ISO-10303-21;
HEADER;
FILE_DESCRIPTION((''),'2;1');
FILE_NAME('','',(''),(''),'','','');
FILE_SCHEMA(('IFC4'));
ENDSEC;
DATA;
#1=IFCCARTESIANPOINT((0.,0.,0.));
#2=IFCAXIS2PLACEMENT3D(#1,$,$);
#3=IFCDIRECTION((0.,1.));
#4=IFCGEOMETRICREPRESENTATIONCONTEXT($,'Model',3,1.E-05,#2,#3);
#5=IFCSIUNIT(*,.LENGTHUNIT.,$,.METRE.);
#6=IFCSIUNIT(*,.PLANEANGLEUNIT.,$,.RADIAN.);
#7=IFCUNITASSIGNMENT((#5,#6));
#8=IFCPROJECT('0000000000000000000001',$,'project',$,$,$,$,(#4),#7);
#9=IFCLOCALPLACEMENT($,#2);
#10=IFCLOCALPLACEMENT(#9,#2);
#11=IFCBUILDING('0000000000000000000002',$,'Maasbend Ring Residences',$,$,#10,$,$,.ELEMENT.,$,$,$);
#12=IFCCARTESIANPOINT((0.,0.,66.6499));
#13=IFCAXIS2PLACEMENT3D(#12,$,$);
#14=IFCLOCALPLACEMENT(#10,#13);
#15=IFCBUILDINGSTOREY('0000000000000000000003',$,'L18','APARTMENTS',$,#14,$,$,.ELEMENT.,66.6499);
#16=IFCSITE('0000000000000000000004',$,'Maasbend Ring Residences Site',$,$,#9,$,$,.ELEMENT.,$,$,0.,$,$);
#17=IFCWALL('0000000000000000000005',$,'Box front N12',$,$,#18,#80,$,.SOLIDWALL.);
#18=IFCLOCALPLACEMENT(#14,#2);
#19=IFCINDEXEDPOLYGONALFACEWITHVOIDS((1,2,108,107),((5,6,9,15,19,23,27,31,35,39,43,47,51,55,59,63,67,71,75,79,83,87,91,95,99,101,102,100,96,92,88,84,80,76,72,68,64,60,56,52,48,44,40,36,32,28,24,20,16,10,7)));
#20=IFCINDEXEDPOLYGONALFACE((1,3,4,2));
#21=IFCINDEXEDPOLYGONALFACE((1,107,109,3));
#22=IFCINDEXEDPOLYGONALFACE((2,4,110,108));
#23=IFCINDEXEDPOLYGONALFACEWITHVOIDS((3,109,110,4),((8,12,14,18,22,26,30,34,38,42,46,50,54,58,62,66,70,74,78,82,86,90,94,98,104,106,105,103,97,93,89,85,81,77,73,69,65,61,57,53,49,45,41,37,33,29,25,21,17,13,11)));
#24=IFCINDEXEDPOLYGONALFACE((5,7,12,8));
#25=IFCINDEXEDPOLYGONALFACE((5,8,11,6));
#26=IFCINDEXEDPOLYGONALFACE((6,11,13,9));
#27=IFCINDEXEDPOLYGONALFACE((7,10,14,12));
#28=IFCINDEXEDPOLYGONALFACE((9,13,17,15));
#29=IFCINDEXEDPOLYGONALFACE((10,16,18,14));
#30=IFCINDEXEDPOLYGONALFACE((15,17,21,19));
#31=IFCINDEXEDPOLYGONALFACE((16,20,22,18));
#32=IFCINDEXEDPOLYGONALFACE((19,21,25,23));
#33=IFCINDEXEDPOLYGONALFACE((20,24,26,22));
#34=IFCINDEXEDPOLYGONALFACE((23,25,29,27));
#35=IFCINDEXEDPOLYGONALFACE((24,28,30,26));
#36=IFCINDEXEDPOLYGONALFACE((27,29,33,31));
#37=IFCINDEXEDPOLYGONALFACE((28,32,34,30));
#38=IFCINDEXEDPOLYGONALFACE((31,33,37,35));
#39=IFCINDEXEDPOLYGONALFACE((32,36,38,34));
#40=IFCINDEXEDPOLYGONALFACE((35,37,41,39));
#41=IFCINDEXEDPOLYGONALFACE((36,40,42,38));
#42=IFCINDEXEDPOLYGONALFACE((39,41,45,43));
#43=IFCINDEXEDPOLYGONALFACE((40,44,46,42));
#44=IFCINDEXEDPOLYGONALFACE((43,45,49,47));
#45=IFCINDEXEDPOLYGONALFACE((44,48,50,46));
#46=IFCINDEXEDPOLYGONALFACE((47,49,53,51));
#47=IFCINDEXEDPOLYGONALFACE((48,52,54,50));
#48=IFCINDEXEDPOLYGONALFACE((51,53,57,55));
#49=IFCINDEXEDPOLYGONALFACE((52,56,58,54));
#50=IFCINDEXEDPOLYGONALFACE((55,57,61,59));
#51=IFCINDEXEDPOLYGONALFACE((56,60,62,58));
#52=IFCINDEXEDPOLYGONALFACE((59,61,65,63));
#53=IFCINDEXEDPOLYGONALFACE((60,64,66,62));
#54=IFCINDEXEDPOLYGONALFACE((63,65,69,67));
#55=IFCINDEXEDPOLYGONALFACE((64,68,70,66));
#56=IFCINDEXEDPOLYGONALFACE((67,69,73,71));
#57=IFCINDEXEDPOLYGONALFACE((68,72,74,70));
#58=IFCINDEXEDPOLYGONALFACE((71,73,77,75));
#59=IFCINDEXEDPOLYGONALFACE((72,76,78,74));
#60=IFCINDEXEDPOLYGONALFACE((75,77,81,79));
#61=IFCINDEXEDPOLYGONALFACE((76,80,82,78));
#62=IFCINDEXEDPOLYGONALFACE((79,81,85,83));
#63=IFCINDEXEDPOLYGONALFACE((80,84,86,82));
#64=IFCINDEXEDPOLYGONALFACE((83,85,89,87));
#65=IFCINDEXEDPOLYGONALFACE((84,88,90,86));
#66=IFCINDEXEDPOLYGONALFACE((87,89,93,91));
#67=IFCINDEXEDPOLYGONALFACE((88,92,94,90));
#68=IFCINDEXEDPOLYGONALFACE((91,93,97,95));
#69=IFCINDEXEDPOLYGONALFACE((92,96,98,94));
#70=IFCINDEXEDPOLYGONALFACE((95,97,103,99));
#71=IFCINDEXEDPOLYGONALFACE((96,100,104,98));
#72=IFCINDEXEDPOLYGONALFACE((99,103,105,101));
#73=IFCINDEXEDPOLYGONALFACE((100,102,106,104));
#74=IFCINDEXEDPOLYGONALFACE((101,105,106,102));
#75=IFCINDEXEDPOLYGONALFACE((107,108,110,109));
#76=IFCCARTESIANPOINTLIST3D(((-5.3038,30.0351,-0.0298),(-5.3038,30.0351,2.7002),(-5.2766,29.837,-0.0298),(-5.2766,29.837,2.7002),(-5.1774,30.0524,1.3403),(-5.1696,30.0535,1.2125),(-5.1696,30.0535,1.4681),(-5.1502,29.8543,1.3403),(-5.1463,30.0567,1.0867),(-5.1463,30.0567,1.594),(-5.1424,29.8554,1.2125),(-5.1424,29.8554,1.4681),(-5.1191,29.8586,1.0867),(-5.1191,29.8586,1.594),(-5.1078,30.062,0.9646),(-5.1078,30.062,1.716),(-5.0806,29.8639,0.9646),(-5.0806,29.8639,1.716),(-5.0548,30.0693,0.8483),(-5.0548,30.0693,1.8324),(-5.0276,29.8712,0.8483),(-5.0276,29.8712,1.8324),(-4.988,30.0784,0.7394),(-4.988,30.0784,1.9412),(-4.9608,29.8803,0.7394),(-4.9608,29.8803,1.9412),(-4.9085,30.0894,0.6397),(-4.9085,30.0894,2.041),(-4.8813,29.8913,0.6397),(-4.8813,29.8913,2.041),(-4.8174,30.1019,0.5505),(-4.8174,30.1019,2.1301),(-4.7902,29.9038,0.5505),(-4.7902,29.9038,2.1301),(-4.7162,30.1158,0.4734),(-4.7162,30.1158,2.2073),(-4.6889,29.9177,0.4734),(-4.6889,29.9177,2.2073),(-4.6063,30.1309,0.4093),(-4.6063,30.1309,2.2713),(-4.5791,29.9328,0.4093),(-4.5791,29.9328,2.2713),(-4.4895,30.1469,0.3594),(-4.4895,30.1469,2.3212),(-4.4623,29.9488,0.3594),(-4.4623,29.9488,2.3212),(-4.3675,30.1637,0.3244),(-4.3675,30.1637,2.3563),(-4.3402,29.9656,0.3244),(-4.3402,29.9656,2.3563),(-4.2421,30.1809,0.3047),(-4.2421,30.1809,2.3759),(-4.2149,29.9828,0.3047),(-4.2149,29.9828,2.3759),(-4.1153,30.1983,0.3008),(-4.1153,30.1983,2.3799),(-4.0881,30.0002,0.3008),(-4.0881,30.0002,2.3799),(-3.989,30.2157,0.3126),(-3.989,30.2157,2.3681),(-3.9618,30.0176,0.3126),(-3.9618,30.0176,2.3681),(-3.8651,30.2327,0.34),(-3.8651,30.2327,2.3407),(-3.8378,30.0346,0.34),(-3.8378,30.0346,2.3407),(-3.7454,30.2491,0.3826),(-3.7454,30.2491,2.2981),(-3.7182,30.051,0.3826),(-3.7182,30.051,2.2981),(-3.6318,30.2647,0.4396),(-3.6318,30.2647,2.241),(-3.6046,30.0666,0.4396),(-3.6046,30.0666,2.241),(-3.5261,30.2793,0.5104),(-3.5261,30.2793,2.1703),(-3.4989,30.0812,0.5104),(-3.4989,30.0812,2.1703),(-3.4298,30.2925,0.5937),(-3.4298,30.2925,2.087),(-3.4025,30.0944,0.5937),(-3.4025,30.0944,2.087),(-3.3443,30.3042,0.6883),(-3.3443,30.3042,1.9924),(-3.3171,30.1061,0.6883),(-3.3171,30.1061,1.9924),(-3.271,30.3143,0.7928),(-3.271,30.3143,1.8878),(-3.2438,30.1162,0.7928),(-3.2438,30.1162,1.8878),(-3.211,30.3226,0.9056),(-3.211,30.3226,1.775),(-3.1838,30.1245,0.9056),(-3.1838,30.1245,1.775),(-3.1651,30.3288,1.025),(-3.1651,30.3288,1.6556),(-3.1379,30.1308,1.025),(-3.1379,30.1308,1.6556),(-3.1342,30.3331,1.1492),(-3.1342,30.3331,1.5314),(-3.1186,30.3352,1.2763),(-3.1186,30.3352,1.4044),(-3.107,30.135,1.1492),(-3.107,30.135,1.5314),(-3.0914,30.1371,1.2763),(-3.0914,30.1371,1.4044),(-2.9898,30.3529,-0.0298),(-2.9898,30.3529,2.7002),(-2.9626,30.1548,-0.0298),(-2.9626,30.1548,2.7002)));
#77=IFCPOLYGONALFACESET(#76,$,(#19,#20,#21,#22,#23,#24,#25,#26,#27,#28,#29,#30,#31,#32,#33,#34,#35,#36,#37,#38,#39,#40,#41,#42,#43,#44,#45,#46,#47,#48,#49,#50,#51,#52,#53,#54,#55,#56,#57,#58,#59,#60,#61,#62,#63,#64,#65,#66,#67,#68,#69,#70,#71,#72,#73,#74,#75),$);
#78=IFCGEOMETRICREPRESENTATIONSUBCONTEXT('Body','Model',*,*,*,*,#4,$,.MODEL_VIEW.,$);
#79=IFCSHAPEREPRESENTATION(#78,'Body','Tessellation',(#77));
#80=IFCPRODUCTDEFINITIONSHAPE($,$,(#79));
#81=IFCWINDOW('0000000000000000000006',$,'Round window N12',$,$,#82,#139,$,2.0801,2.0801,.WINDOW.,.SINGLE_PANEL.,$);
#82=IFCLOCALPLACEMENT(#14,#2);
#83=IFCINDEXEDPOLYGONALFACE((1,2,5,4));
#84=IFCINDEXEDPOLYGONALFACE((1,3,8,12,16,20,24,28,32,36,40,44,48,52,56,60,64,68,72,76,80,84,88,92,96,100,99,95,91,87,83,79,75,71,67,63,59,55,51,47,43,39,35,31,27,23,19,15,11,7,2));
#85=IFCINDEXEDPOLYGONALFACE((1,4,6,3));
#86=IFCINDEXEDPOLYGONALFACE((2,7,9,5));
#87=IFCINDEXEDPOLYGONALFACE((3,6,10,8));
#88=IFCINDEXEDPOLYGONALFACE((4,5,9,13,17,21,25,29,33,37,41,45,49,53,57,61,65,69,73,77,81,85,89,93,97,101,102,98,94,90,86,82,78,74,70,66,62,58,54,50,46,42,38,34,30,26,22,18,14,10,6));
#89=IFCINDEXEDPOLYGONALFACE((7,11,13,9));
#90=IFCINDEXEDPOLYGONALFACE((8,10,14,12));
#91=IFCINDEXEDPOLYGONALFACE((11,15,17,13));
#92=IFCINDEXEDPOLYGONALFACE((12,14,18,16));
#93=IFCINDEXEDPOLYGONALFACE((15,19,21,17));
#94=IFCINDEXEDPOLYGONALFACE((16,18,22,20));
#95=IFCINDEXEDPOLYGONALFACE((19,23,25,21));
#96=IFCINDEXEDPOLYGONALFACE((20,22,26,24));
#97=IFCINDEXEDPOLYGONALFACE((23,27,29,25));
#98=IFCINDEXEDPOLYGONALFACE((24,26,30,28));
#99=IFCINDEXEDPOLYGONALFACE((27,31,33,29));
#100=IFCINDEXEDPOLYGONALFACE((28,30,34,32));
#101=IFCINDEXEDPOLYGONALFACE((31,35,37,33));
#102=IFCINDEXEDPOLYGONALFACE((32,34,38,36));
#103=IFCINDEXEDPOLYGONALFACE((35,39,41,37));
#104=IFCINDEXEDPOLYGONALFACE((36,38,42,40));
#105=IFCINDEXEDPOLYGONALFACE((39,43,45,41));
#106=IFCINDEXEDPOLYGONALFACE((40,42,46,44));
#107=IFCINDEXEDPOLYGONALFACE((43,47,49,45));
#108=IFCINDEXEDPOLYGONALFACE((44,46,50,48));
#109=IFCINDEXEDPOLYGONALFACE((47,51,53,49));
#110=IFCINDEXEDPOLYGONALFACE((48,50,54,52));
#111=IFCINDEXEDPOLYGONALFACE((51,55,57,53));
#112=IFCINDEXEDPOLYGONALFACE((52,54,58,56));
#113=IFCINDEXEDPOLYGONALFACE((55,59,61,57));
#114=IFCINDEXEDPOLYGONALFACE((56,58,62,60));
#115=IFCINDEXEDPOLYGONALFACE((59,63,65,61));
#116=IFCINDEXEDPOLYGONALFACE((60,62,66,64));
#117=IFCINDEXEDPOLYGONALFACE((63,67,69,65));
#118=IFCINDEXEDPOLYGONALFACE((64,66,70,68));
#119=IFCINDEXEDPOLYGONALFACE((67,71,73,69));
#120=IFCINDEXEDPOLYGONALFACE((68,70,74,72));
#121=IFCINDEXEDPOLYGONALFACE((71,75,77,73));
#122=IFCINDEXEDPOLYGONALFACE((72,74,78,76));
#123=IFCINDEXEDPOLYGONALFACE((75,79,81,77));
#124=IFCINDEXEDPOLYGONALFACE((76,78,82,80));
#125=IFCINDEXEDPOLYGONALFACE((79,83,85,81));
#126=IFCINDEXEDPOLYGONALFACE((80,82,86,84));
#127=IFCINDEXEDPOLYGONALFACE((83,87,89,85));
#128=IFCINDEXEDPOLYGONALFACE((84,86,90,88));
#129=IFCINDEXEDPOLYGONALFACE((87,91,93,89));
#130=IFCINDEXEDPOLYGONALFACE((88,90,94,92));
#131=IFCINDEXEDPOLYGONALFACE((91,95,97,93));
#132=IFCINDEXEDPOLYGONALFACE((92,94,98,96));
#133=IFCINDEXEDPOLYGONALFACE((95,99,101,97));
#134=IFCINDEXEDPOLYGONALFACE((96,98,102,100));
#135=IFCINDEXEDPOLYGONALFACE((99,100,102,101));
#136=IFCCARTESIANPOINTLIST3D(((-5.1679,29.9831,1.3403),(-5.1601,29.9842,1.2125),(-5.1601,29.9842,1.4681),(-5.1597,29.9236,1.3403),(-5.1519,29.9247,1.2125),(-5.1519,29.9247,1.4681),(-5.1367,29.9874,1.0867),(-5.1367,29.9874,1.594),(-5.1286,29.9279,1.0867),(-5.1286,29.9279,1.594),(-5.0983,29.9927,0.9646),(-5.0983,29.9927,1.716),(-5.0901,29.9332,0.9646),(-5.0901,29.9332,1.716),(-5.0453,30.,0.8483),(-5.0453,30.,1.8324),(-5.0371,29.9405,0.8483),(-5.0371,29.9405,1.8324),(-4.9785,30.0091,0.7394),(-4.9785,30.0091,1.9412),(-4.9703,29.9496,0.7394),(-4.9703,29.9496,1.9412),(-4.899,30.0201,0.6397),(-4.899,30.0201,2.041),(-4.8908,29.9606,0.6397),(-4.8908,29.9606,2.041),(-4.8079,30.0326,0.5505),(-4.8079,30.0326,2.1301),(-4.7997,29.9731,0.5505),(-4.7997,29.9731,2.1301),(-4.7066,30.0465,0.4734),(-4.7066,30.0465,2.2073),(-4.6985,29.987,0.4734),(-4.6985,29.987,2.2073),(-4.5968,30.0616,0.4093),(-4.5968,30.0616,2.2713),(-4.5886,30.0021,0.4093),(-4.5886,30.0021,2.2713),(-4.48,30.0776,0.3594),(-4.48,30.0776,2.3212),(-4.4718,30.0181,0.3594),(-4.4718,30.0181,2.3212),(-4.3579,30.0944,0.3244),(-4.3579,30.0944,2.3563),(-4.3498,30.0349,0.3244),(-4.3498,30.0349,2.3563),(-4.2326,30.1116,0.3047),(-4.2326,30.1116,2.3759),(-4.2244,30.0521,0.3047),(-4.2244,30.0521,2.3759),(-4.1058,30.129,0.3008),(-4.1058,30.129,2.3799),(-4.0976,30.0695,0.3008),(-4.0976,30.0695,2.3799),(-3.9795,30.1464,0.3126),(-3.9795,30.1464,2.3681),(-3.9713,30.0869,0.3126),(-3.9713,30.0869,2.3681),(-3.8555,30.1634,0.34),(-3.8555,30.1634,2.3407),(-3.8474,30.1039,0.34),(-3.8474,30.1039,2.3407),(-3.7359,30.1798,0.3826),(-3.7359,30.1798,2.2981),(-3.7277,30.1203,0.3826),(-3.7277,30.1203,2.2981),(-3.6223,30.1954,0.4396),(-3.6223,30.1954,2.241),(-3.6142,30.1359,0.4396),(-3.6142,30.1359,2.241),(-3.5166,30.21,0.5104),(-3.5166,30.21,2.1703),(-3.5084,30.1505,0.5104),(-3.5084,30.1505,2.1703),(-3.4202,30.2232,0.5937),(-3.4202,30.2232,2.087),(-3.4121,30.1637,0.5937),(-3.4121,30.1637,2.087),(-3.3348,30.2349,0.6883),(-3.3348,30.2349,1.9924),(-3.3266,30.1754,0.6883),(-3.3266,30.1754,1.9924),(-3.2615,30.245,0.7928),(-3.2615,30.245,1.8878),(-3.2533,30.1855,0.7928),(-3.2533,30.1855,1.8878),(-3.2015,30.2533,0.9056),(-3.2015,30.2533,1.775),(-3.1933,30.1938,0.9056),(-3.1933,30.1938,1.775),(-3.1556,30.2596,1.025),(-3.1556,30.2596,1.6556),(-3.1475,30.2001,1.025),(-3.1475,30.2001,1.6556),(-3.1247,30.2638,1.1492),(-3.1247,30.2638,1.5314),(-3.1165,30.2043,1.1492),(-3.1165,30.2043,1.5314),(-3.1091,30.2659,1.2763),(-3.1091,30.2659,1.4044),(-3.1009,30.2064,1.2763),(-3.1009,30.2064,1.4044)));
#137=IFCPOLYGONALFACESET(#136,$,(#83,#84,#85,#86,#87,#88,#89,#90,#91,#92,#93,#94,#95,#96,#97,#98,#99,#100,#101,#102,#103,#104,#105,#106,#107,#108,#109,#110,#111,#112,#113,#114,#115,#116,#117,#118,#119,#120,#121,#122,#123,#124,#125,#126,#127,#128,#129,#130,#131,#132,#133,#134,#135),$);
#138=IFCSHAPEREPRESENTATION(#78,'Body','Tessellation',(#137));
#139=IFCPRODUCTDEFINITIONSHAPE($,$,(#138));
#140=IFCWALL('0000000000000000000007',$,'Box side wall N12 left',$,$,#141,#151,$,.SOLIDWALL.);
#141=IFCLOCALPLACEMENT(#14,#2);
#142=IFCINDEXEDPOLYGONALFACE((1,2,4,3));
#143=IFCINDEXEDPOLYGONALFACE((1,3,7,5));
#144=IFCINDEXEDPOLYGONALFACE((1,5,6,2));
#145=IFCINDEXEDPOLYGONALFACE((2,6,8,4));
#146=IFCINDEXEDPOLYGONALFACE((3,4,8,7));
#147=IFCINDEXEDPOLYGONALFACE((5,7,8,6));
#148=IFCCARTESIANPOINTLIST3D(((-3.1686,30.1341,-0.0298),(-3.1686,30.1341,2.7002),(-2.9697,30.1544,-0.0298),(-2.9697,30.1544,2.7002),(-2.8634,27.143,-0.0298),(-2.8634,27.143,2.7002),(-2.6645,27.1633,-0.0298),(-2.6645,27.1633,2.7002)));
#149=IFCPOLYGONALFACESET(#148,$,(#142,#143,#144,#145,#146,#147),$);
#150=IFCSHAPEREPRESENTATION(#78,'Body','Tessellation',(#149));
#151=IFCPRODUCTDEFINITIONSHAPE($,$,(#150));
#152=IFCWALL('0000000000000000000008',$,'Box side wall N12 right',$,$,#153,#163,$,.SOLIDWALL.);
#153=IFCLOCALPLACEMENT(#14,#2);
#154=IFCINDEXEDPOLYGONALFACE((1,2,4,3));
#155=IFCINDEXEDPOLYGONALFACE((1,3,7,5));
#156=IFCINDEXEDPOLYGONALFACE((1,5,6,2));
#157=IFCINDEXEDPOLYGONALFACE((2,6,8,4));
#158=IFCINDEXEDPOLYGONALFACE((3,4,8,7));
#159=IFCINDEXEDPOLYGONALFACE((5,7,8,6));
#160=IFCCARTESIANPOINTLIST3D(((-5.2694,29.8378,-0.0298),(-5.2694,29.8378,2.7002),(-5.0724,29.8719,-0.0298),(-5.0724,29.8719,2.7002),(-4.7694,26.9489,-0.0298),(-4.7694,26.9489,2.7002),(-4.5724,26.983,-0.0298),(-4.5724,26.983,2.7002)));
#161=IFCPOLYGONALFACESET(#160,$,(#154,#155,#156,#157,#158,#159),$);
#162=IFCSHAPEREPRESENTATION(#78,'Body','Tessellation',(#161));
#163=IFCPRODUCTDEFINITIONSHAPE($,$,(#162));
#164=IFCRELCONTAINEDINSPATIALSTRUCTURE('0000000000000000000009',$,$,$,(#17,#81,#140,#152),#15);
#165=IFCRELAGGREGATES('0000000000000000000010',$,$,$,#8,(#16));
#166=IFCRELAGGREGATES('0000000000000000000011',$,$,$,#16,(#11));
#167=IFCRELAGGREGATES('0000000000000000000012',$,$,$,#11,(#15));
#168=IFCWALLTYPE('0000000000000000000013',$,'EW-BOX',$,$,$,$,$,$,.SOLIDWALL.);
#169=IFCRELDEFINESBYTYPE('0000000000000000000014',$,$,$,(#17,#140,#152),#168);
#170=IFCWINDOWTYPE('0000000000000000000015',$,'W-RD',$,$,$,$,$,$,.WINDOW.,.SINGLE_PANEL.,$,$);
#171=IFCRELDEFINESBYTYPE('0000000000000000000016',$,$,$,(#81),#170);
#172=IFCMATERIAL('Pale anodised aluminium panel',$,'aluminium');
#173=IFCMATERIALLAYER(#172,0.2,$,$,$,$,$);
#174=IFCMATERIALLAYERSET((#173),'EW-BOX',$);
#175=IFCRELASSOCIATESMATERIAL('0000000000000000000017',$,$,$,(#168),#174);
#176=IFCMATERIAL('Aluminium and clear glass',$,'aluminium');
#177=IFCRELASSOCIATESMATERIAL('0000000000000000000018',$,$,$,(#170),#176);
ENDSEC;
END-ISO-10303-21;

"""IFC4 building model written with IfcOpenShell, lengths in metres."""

from ifc_helpers import new_model, si_unit, direction, frame, frame_2d, origin, place, context, subcontext, project, spatial, rectangle, circle, extrude, material, layer, layer_set, type_object, element, fill, save


model = new_model("IFC4")

# Units and contexts
model_context = context("Model", 3, precision=1e-05, world=origin(), true_north=direction((0.0, 1.0)))
body_context = subcontext(model_context, "Body", "Model", "MODEL_VIEW")
ifc_project = project(units=[si_unit("LENGTHUNIT", "METRE"), si_unit("PLANEANGLEUNIT", "RADIAN")], contexts=[model_context])

# Site, building, storey
site_placement = place(None, origin())
site = spatial("IfcSite", under=ifc_project, at=site_placement, Name="Maasbend Ring Residences Site", CompositionType="ELEMENT", RefElevation=0.0)
building_placement = place(site_placement, origin())
building = spatial("IfcBuilding", under=site, at=building_placement, Name="Maasbend Ring Residences", CompositionType="ELEMENT")
storey_placement = place(building_placement, frame((0.0, 0.0, 66.6499)))
storey = spatial("IfcBuildingStorey", under=building, at=storey_placement, Name="L18", Description="APARTMENTS", CompositionType="ELEMENT", Elevation=66.6499)

# Wall, opening, window
ifc_material_1 = material(Name="Pale anodised aluminium panel", Category="aluminium")
ifc_layer_1 = layer(ifc_material_1, 0.2)
ifc_layer_set_1 = layer_set([ifc_layer_1], Name="EW-BOX")
wall_type_1 = type_object("IfcWallType", Name="EW-BOX", PredefinedType="SOLIDWALL", material=ifc_layer_set_1)
wall_1_placement = place(storey_placement, frame((-2.9761, 30.2539, -0.0298), z_axis=(0.0, 0.0, 1.0), x_axis=(-0.990696, -0.136093, 0.0)))
wall_1 = element("IfcWall", 1, at=wall_1_placement, inside=storey, type_object=wall_type_1, Name="Box front N12", PredefinedType="SOLIDWALL", context=body_context, shape_type="SweptSolid", body=[
    extrude(rectangle(XDim=2.3357, YDim=0.2, at=frame_2d((1.168, 0.0))), origin(), (0.0, 0.0, 1.0), 2.73),
])
opening_1_placement = place(wall_1_placement, frame((0.1282, 0.0, 0.3301)))
opening_1 = element("IfcOpeningElement", 2, at=opening_1_placement, cuts=wall_1, PredefinedType="OPENING", context=body_context, shape_type="SweptSolid", body=[
    extrude(circle(Radius=1.04, at=frame_2d((1.04, 1.04))), frame((0.0, 0.1099, 0.0), z_axis=(0.0, -1.0, 0.0), x_axis=(1.0, 0.0, 0.0)), (0.0, 0.0, 1.0), 0.22),
])
ifc_material_2 = material(Name="Aluminium and clear glass", Category="aluminium")
window_type_1 = type_object("IfcWindowType", Name="W-RD", PartitioningType="SINGLE_PANEL", PredefinedType="WINDOW", material=ifc_material_2)
window_1_placement = place(opening_1_placement, origin())
window_1 = element("IfcWindow", 3, at=window_1_placement, inside=storey, type_object=window_type_1, Name="Round window N12", OverallHeight=2.0801, OverallWidth=2.0801, PartitioningType="SINGLE_PANEL", PredefinedType="WINDOW", context=body_context, shape_type="SweptSolid", body=[
    extrude(circle(Radius=1.04, at=frame_2d((1.04, 1.04))), frame((0.0, 0.03, 0.0), z_axis=(0.0, -1.0, 0.0), x_axis=(1.0, 0.0, 0.0)), (0.0, 0.0, 1.0), 0.0601),
])
fill(opening_1, window_1)

# Walls
wall_2_placement = place(storey_placement, frame((-2.7639, 27.1531, -0.0298), z_axis=(0.0, 0.0, 1.0), x_axis=(-0.101505, 0.994835, 0.0)))
element("IfcWall", 4, at=wall_2_placement, inside=storey, type_object=wall_type_1, Name="Box side wall N12 left", PredefinedType="SOLIDWALL", context=body_context, shape_type="SweptSolid", body=[
    extrude(rectangle(XDim=3.0066, YDim=0.2, at=frame_2d((1.5034, 0.0))), origin(), (0.0, 0.0, 1.0), 2.73),
])
wall_3_placement = place(storey_placement, frame((-4.6709, 26.9661, -0.0298), z_axis=(0.0, 0.0, 1.0), x_axis=(-0.17054, 0.985351, 0.0)))
element("IfcWall", 5, at=wall_3_placement, inside=storey, type_object=wall_type_1, Name="Box side wall N12 right", PredefinedType="SOLIDWALL", context=body_context, shape_type="SweptSolid", body=[
    extrude(rectangle(XDim=2.9319, YDim=0.2, at=frame_2d((1.4658, 0.0))), origin(), (0.0, 0.0, 1.0), 2.73),
])

save(model, "model.ifc")
